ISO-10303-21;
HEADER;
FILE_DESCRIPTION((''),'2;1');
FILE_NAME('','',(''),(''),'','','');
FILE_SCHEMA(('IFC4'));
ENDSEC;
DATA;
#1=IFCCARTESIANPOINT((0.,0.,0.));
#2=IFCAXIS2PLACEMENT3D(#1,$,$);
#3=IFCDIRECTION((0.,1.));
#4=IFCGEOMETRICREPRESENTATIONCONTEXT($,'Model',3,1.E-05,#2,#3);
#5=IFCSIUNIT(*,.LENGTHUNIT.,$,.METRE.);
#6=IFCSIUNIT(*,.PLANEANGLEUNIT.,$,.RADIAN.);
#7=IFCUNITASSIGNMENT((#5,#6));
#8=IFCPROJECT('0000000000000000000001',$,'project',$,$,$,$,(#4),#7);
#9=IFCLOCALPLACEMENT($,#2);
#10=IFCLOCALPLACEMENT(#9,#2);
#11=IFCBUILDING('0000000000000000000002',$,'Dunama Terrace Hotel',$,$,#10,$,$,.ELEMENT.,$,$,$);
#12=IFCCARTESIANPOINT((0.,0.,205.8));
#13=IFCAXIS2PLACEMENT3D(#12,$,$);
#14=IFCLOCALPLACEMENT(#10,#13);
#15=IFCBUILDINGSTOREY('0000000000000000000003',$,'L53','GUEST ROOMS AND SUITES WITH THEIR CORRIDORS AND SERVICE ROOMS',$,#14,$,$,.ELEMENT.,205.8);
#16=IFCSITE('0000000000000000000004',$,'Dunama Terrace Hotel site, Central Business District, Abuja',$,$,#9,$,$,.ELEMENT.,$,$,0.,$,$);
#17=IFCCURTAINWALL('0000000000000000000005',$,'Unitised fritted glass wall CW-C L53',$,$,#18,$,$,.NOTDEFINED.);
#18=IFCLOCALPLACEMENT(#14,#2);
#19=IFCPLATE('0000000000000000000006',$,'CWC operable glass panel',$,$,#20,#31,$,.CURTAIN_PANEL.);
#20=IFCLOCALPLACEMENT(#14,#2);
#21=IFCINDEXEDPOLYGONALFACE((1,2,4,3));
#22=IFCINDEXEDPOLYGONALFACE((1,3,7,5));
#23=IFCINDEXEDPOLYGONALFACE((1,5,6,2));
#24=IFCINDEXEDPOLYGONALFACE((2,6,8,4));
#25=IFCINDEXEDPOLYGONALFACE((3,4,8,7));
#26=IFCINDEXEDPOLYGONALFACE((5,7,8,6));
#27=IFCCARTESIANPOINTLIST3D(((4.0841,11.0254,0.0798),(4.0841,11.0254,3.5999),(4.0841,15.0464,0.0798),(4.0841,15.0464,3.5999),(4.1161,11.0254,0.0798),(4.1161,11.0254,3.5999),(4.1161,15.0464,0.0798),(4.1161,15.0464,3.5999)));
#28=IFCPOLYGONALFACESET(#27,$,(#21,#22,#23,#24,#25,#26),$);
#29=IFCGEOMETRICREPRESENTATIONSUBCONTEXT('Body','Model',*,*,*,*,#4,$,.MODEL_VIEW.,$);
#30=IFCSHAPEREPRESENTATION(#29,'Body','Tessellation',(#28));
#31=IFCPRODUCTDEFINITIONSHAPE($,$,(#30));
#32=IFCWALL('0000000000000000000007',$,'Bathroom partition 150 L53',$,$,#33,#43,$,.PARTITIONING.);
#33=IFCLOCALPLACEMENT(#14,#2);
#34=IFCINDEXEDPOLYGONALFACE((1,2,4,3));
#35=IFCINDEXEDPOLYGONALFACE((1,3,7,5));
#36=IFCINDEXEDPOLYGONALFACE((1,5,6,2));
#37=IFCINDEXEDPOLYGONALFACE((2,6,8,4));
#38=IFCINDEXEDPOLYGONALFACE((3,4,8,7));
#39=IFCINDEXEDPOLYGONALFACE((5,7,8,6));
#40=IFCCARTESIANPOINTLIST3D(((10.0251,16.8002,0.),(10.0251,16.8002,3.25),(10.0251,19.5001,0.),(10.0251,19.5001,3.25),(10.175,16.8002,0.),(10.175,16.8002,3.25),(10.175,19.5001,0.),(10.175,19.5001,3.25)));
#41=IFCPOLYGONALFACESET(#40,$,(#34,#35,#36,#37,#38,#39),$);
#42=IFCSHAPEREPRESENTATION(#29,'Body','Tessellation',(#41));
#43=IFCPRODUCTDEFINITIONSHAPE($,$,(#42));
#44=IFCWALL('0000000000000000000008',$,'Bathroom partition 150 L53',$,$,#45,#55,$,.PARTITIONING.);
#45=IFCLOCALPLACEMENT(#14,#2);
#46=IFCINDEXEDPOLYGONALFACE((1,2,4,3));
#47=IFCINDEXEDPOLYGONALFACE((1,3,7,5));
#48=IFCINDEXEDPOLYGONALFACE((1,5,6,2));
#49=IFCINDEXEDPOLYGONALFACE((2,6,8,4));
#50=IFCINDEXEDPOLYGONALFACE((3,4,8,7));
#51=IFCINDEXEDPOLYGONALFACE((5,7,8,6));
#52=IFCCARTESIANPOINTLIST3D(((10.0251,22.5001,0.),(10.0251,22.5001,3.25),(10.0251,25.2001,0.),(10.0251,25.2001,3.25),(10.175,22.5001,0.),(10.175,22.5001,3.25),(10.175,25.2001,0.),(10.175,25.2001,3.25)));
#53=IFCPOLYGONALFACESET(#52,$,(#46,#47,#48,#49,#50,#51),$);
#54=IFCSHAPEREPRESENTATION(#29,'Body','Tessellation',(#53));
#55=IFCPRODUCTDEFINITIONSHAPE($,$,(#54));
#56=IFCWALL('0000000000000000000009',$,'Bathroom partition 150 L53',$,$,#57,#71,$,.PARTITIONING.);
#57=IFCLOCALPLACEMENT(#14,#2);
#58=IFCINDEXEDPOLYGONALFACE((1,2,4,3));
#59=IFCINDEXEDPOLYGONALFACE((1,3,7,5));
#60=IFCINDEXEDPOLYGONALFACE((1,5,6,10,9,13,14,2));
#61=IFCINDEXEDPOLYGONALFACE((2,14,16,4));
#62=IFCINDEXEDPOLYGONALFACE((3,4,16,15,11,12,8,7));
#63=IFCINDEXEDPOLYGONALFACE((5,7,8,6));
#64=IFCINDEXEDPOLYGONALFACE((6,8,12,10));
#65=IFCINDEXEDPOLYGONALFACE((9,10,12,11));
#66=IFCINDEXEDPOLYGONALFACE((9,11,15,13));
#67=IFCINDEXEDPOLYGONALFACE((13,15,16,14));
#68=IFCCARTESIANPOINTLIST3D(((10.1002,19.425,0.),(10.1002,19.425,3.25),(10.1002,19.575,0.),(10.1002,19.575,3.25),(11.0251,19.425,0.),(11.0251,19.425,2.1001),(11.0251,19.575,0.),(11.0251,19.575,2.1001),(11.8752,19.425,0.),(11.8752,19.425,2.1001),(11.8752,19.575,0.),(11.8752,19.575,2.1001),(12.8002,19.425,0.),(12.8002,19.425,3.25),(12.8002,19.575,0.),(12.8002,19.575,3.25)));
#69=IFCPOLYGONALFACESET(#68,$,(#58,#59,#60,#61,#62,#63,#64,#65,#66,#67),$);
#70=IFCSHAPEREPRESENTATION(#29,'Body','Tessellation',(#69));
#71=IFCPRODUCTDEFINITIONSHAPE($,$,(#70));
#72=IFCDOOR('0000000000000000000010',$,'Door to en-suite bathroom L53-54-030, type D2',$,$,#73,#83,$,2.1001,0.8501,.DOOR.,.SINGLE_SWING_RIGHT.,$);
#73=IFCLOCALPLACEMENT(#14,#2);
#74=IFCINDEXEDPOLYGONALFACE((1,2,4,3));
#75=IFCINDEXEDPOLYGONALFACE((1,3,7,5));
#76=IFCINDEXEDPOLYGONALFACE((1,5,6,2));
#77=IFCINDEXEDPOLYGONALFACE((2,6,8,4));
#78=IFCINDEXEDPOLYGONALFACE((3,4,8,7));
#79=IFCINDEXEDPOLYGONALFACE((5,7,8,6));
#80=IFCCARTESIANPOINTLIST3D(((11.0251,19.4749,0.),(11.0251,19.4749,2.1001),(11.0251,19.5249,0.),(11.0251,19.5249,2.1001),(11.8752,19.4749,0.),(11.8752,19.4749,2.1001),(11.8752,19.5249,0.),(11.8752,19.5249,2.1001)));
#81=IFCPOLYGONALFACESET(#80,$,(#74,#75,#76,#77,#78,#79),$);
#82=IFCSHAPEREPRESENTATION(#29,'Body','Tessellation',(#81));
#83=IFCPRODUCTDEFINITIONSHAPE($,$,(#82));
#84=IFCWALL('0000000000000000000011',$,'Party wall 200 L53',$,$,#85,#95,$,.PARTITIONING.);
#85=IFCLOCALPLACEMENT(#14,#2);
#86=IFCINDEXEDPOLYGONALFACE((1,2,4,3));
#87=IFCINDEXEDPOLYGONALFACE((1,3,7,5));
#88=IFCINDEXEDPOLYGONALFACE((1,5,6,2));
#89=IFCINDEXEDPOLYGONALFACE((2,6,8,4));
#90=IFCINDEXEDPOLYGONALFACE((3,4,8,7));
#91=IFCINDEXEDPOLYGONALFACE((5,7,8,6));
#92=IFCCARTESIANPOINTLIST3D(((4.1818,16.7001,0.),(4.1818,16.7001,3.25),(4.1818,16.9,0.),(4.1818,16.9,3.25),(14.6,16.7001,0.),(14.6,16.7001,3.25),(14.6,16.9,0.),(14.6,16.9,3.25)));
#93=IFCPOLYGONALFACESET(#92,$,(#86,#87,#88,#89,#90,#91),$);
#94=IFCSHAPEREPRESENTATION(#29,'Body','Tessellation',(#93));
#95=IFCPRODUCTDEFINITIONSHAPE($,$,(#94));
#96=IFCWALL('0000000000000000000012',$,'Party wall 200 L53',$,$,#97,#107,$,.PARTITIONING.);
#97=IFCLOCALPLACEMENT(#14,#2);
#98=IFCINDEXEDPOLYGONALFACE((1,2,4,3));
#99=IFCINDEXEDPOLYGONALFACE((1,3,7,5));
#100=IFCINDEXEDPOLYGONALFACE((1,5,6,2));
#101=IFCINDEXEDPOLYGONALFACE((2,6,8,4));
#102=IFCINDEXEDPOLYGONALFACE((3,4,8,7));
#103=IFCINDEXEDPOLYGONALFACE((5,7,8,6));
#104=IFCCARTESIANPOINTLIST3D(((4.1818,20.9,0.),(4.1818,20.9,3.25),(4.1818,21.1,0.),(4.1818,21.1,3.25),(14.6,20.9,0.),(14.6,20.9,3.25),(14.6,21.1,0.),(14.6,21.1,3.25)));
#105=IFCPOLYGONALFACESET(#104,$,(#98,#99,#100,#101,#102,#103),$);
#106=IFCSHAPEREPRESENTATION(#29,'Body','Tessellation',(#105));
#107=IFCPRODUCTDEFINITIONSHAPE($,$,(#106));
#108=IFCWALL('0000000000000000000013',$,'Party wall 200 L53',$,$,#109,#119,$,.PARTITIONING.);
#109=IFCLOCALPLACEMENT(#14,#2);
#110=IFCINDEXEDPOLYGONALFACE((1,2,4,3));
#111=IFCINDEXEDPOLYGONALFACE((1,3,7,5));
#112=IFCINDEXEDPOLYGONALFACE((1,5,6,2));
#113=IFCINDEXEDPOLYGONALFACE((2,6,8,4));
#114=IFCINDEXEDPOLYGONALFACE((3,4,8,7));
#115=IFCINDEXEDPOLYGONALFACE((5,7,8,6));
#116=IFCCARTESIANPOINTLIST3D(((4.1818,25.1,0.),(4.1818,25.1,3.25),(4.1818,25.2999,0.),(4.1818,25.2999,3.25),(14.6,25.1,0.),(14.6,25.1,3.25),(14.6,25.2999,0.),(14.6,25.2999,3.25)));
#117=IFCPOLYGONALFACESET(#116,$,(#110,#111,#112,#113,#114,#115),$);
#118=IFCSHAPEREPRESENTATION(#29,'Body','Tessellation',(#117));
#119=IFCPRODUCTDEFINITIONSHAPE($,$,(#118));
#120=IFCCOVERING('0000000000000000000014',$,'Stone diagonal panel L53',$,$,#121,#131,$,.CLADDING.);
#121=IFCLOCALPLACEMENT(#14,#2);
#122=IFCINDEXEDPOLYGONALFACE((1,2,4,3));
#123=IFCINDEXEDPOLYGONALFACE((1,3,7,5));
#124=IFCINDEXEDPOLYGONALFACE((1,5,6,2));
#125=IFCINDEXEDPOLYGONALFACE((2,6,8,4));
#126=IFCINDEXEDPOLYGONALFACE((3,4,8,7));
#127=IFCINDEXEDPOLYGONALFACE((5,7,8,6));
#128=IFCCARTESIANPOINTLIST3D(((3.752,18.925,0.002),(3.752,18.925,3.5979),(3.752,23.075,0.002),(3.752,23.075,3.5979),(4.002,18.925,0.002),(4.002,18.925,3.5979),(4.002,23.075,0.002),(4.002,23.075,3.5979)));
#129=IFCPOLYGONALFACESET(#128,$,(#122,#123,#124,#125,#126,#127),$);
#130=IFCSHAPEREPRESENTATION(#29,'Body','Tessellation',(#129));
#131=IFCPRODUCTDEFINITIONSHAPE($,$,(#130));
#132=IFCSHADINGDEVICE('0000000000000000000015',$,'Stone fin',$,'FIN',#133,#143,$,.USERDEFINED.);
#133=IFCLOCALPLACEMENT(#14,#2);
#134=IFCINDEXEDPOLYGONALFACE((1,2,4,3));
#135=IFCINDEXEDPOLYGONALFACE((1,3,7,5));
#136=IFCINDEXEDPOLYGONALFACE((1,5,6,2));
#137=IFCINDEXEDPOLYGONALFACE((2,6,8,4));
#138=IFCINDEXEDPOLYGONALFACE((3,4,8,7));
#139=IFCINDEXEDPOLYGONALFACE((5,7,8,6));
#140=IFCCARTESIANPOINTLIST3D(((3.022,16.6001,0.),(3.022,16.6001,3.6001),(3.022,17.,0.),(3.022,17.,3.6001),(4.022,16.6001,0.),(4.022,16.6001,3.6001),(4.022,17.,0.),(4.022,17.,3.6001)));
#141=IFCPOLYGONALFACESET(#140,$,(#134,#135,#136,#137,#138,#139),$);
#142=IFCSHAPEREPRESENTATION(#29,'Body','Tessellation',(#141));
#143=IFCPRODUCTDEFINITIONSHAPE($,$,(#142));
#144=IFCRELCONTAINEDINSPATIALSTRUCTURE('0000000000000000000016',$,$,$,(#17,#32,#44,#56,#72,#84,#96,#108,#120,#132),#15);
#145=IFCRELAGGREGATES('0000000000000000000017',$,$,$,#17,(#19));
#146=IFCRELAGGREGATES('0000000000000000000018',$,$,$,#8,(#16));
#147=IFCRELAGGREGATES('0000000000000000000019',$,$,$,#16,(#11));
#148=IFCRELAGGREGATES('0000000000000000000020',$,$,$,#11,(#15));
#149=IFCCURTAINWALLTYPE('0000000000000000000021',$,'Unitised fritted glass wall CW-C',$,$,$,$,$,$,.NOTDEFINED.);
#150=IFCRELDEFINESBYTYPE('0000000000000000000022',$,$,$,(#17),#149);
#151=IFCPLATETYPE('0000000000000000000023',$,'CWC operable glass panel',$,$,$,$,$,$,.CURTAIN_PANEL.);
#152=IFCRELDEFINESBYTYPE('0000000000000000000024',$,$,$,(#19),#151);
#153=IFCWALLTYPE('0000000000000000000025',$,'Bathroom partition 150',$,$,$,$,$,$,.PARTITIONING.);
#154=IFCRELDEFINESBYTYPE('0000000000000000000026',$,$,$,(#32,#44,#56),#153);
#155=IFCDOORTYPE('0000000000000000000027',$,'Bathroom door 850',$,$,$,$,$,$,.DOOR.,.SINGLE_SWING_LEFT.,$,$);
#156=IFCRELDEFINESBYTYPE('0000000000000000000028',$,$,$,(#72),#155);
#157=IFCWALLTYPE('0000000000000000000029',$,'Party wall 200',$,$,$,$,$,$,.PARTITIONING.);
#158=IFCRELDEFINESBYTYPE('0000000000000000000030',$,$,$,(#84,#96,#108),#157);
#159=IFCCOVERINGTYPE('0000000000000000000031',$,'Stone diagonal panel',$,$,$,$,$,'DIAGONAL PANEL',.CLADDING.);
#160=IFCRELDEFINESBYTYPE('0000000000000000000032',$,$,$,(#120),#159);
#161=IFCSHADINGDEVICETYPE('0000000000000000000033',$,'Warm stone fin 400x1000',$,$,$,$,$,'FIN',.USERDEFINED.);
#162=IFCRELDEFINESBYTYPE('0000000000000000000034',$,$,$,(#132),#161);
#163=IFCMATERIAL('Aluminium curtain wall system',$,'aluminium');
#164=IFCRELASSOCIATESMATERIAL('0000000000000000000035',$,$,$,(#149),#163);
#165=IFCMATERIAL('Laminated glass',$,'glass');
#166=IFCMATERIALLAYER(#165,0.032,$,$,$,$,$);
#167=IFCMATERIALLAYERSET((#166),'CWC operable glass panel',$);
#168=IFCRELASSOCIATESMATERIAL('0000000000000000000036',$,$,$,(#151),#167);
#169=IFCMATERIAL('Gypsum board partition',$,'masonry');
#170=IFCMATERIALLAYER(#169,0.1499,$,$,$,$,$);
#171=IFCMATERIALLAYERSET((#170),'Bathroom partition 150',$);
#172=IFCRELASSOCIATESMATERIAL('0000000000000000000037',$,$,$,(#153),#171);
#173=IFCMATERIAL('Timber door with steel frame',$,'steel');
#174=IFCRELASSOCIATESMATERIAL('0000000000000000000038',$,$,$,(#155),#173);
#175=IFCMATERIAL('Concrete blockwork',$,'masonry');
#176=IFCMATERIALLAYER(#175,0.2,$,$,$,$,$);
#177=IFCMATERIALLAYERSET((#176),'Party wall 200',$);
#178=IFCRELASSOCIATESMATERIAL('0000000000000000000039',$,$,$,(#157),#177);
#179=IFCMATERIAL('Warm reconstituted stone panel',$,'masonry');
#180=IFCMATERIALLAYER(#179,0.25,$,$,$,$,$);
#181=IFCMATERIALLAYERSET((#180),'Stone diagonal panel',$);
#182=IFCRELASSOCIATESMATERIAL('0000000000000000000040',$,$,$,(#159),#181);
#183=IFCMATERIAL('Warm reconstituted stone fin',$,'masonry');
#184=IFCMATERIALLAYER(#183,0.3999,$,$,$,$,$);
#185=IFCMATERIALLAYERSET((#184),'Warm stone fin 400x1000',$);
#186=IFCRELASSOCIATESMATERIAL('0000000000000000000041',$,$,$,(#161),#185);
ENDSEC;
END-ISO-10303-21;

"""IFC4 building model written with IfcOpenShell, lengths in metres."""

from ifc_helpers import new_model, si_unit, direction, frame, frame_2d, origin, origin_2d, place, context, subcontext, project, spatial, rectangle, extrude, material, layer, layer_set, type_object, element, fill, aggregate, save


model = new_model("IFC4")

# Units and contexts
model_context = context("Model", 3, precision=1e-05, world=origin(), true_north=direction((0.0, 1.0)))
body_context = subcontext(model_context, "Body", "Model", "MODEL_VIEW")
ifc_project = project(units=[si_unit("LENGTHUNIT", "METRE"), si_unit("PLANEANGLEUNIT", "RADIAN")], contexts=[model_context])

# Site, building, storey
site_placement = place(None, origin())
site = spatial("IfcSite", under=ifc_project, at=site_placement, Name="Dunama Terrace Hotel site, Central Business District, Abuja", CompositionType="ELEMENT", RefElevation=0.0)
building_placement = place(site_placement, origin())
building = spatial("IfcBuilding", under=site, at=building_placement, Name="Dunama Terrace Hotel", CompositionType="ELEMENT")
storey_placement = place(building_placement, frame((0.0, 0.0, 205.8)))
storey = spatial("IfcBuildingStorey", under=building, at=storey_placement, Name="L53", Description="GUEST ROOMS AND SUITES WITH THEIR CORRIDORS AND SERVICE ROOMS", CompositionType="ELEMENT", Elevation=205.8)

# Curtain wall
ifc_material_1 = material(Name="Aluminium curtain wall system", Category="aluminium")
curtain_wall_type = type_object("IfcCurtainWallType", Name="Unitised fritted glass wall CW-C", PredefinedType="NOTDEFINED", material=ifc_material_1)
curtain_wall_placement = place(storey_placement, origin())
curtain_wall = element("IfcCurtainWall", 1, at=curtain_wall_placement, inside=storey, type_object=curtain_wall_type, Name="Unitised fritted glass wall CW-C L53", PredefinedType="NOTDEFINED")

# Plate
ifc_material_2 = material(Name="Laminated glass", Category="glass")
ifc_layer_1 = layer(ifc_material_2, 0.032)
ifc_layer_set_1 = layer_set([ifc_layer_1], Name="CWC operable glass panel")
plate_type_1 = type_object("IfcPlateType", Name="CWC operable glass panel", PredefinedType="CURTAIN_PANEL", material=ifc_layer_set_1)
plate_1_placement = place(storey_placement, frame((4.1001, 13.0359, 0.0798), z_axis=(0.0, 0.0, 1.0), x_axis=(0.0, -1.0, 0.0)))
plate_1 = element("IfcPlate", 2, at=plate_1_placement, type_object=plate_type_1, Name="CWC operable glass panel", PredefinedType="CURTAIN_PANEL", context=body_context, shape_type="SweptSolid", body=[
    extrude(rectangle(XDim=4.021, YDim=0.032, at=origin_2d()), origin(), (0.0, 0.0, 1.0), 3.52),
])
aggregate(curtain_wall, [plate_1])

# Walls
ifc_material_3 = material(Name="Gypsum board partition", Category="masonry")
ifc_layer_2 = layer(ifc_material_3, 0.1499)
ifc_layer_set_2 = layer_set([ifc_layer_2], Name="Bathroom partition 150")
wall_type_1 = type_object("IfcWallType", Name="Bathroom partition 150", PredefinedType="PARTITIONING", material=ifc_layer_set_2)
for number, where, z_axis, x_axis, name in (
    (3, (10.1001, 16.8, 0.0), (0.0, 0.0, 1.0), (0.0, 1.0, 0.0), "Bathroom partition 150 L53"),
    (4, (10.1001, 22.5, 0.0), (0.0, 0.0, 1.0), (0.0, 1.0, 0.0), "Bathroom partition 150 L53"),
):
    element("IfcWall", number, at=place(storey_placement, frame(where, z_axis=z_axis, x_axis=x_axis)), inside=storey, type_object=wall_type_1, Name=name, PredefinedType="PARTITIONING", context=body_context, shape_type="SweptSolid", body=[
        extrude(rectangle(XDim=2.7, YDim=0.1499, at=frame_2d((1.3501, 0.0))), origin(), (0.0, 0.0, 1.0), 3.25),
    ])

# Wall, opening, door
wall_placement = place(storey_placement, frame((10.1001, 19.5, 0.0), z_axis=(0.0, 0.0, 1.0), x_axis=(1.0, 0.0, 0.0)))
wall = element("IfcWall", 5, at=wall_placement, inside=storey, type_object=wall_type_1, Name="Bathroom partition 150 L53", PredefinedType="PARTITIONING", context=body_context, shape_type="SweptSolid", body=[
    extrude(rectangle(XDim=2.7, YDim=0.1499, at=frame_2d((1.3501, 0.0))), origin(), (0.0, 0.0, 1.0), 3.25),
])
opening_placement = place(wall_placement, frame((0.925, 0.0, 0.0)))
opening = element("IfcOpeningElement", 6, at=opening_placement, cuts=wall, PredefinedType="OPENING", context=body_context, shape_type="SweptSolid", body=[
    extrude(rectangle(XDim=0.8501, YDim=2.1001, at=frame_2d((0.425, 1.05))), frame((0.0, 0.085, 0.0), z_axis=(0.0, -1.0, 0.0), x_axis=(1.0, 0.0, 0.0)), (0.0, 0.0, 1.0), 0.1699),
])
ifc_material_4 = material(Name="Timber door with steel frame", Category="steel")
door_type = type_object("IfcDoorType", Name="Bathroom door 850", OperationType="SINGLE_SWING_LEFT", PredefinedType="DOOR", material=ifc_material_4)
door_placement = place(opening_placement, frame((0.8501, 0.0, 0.0), z_axis=(0.0, 0.0, 1.0), x_axis=(-1.0, 0.0, 0.0)))
door = element("IfcDoor", 7, at=door_placement, inside=storey, type_object=door_type, Name="Door to en-suite bathroom L53-54-030, type D2", OperationType="SINGLE_SWING_RIGHT", OverallHeight=2.1001, OverallWidth=0.8501, PredefinedType="DOOR", context=body_context, shape_type="SweptSolid", body=[
    extrude(rectangle(XDim=0.8501, YDim=2.1001, at=frame_2d((0.425, 1.05))), frame((0.0, 0.0251, 0.0), z_axis=(0.0, -1.0, 0.0), x_axis=(1.0, 0.0, 0.0)), (0.0, 0.0, 1.0), 0.05),
])
fill(opening, door)

# Walls
ifc_material_5 = material(Name="Concrete blockwork", Category="masonry")
ifc_layer_3 = layer(ifc_material_5, 0.2)
ifc_layer_set_3 = layer_set([ifc_layer_3], Name="Party wall 200")
wall_type_2 = type_object("IfcWallType", Name="Party wall 200", PredefinedType="PARTITIONING", material=ifc_layer_set_3)
for number, where, z_axis, x_axis, name in (
    (8, (4.1819, 16.8, 0.0), (0.0, 0.0, 1.0), (1.0, 0.0, 0.0), "Party wall 200 L53"),
    (9, (4.1819, 21.0, 0.0), (0.0, 0.0, 1.0), (1.0, 0.0, 0.0), "Party wall 200 L53"),
    (10, (4.1819, 25.2, 0.0), (0.0, 0.0, 1.0), (1.0, 0.0, 0.0), "Party wall 200 L53"),
):
    element("IfcWall", number, at=place(storey_placement, frame(where, z_axis=z_axis, x_axis=x_axis)), inside=storey, type_object=wall_type_2, Name=name, PredefinedType="PARTITIONING", context=body_context, shape_type="SweptSolid", body=[
        extrude(rectangle(XDim=10.4182, YDim=0.2, at=frame_2d((5.209, 0.0))), origin(), (0.0, 0.0, 1.0), 3.25),
    ])

# Covering
ifc_material_6 = material(Name="Warm reconstituted stone panel", Category="masonry")
ifc_layer_4 = layer(ifc_material_6, 0.25)
ifc_layer_set_4 = layer_set([ifc_layer_4], Name="Stone diagonal panel")
covering_type = type_object("IfcCoveringType", Name="Stone diagonal panel", ElementType="DIAGONAL PANEL", PredefinedType="CLADDING", material=ifc_layer_set_4)
covering_placement = place(storey_placement, frame((3.877, 21.0, 0.002), z_axis=(0.0, 0.0, 1.0), x_axis=(0.0, -1.0, 0.0)))
element("IfcCovering", 11, at=covering_placement, inside=storey, type_object=covering_type, Name="Stone diagonal panel L53", PredefinedType="CLADDING", context=body_context, shape_type="SweptSolid", body=[
    extrude(rectangle(XDim=4.1499, YDim=0.25, at=origin_2d()), origin(), (0.0, 0.0, 1.0), 3.5959),
])

# Shading device
ifc_material_7 = material(Name="Warm reconstituted stone fin", Category="masonry")
ifc_layer_5 = layer(ifc_material_7, 0.3999)
ifc_layer_set_5 = layer_set([ifc_layer_5], Name="Warm stone fin 400x1000")
shading_device_type = type_object("IfcShadingDeviceType", Name="Warm stone fin 400x1000", ElementType="FIN", PredefinedType="USERDEFINED", material=ifc_layer_set_5)
shading_device_placement = place(storey_placement, frame((3.522, 16.8, 0.0), z_axis=(0.0, 0.0, 1.0), x_axis=(0.0, -1.0, 0.0)))
element("IfcShadingDevice", 12, at=shading_device_placement, inside=storey, type_object=shading_device_type, Name="Stone fin", ObjectType="FIN", PredefinedType="USERDEFINED", context=body_context, shape_type="SweptSolid", body=[
    extrude(rectangle(XDim=0.3999, YDim=1.0, at=origin_2d()), origin(), (0.0, 0.0, 1.0), 3.6001),
])

save(model, "model.ifc")
